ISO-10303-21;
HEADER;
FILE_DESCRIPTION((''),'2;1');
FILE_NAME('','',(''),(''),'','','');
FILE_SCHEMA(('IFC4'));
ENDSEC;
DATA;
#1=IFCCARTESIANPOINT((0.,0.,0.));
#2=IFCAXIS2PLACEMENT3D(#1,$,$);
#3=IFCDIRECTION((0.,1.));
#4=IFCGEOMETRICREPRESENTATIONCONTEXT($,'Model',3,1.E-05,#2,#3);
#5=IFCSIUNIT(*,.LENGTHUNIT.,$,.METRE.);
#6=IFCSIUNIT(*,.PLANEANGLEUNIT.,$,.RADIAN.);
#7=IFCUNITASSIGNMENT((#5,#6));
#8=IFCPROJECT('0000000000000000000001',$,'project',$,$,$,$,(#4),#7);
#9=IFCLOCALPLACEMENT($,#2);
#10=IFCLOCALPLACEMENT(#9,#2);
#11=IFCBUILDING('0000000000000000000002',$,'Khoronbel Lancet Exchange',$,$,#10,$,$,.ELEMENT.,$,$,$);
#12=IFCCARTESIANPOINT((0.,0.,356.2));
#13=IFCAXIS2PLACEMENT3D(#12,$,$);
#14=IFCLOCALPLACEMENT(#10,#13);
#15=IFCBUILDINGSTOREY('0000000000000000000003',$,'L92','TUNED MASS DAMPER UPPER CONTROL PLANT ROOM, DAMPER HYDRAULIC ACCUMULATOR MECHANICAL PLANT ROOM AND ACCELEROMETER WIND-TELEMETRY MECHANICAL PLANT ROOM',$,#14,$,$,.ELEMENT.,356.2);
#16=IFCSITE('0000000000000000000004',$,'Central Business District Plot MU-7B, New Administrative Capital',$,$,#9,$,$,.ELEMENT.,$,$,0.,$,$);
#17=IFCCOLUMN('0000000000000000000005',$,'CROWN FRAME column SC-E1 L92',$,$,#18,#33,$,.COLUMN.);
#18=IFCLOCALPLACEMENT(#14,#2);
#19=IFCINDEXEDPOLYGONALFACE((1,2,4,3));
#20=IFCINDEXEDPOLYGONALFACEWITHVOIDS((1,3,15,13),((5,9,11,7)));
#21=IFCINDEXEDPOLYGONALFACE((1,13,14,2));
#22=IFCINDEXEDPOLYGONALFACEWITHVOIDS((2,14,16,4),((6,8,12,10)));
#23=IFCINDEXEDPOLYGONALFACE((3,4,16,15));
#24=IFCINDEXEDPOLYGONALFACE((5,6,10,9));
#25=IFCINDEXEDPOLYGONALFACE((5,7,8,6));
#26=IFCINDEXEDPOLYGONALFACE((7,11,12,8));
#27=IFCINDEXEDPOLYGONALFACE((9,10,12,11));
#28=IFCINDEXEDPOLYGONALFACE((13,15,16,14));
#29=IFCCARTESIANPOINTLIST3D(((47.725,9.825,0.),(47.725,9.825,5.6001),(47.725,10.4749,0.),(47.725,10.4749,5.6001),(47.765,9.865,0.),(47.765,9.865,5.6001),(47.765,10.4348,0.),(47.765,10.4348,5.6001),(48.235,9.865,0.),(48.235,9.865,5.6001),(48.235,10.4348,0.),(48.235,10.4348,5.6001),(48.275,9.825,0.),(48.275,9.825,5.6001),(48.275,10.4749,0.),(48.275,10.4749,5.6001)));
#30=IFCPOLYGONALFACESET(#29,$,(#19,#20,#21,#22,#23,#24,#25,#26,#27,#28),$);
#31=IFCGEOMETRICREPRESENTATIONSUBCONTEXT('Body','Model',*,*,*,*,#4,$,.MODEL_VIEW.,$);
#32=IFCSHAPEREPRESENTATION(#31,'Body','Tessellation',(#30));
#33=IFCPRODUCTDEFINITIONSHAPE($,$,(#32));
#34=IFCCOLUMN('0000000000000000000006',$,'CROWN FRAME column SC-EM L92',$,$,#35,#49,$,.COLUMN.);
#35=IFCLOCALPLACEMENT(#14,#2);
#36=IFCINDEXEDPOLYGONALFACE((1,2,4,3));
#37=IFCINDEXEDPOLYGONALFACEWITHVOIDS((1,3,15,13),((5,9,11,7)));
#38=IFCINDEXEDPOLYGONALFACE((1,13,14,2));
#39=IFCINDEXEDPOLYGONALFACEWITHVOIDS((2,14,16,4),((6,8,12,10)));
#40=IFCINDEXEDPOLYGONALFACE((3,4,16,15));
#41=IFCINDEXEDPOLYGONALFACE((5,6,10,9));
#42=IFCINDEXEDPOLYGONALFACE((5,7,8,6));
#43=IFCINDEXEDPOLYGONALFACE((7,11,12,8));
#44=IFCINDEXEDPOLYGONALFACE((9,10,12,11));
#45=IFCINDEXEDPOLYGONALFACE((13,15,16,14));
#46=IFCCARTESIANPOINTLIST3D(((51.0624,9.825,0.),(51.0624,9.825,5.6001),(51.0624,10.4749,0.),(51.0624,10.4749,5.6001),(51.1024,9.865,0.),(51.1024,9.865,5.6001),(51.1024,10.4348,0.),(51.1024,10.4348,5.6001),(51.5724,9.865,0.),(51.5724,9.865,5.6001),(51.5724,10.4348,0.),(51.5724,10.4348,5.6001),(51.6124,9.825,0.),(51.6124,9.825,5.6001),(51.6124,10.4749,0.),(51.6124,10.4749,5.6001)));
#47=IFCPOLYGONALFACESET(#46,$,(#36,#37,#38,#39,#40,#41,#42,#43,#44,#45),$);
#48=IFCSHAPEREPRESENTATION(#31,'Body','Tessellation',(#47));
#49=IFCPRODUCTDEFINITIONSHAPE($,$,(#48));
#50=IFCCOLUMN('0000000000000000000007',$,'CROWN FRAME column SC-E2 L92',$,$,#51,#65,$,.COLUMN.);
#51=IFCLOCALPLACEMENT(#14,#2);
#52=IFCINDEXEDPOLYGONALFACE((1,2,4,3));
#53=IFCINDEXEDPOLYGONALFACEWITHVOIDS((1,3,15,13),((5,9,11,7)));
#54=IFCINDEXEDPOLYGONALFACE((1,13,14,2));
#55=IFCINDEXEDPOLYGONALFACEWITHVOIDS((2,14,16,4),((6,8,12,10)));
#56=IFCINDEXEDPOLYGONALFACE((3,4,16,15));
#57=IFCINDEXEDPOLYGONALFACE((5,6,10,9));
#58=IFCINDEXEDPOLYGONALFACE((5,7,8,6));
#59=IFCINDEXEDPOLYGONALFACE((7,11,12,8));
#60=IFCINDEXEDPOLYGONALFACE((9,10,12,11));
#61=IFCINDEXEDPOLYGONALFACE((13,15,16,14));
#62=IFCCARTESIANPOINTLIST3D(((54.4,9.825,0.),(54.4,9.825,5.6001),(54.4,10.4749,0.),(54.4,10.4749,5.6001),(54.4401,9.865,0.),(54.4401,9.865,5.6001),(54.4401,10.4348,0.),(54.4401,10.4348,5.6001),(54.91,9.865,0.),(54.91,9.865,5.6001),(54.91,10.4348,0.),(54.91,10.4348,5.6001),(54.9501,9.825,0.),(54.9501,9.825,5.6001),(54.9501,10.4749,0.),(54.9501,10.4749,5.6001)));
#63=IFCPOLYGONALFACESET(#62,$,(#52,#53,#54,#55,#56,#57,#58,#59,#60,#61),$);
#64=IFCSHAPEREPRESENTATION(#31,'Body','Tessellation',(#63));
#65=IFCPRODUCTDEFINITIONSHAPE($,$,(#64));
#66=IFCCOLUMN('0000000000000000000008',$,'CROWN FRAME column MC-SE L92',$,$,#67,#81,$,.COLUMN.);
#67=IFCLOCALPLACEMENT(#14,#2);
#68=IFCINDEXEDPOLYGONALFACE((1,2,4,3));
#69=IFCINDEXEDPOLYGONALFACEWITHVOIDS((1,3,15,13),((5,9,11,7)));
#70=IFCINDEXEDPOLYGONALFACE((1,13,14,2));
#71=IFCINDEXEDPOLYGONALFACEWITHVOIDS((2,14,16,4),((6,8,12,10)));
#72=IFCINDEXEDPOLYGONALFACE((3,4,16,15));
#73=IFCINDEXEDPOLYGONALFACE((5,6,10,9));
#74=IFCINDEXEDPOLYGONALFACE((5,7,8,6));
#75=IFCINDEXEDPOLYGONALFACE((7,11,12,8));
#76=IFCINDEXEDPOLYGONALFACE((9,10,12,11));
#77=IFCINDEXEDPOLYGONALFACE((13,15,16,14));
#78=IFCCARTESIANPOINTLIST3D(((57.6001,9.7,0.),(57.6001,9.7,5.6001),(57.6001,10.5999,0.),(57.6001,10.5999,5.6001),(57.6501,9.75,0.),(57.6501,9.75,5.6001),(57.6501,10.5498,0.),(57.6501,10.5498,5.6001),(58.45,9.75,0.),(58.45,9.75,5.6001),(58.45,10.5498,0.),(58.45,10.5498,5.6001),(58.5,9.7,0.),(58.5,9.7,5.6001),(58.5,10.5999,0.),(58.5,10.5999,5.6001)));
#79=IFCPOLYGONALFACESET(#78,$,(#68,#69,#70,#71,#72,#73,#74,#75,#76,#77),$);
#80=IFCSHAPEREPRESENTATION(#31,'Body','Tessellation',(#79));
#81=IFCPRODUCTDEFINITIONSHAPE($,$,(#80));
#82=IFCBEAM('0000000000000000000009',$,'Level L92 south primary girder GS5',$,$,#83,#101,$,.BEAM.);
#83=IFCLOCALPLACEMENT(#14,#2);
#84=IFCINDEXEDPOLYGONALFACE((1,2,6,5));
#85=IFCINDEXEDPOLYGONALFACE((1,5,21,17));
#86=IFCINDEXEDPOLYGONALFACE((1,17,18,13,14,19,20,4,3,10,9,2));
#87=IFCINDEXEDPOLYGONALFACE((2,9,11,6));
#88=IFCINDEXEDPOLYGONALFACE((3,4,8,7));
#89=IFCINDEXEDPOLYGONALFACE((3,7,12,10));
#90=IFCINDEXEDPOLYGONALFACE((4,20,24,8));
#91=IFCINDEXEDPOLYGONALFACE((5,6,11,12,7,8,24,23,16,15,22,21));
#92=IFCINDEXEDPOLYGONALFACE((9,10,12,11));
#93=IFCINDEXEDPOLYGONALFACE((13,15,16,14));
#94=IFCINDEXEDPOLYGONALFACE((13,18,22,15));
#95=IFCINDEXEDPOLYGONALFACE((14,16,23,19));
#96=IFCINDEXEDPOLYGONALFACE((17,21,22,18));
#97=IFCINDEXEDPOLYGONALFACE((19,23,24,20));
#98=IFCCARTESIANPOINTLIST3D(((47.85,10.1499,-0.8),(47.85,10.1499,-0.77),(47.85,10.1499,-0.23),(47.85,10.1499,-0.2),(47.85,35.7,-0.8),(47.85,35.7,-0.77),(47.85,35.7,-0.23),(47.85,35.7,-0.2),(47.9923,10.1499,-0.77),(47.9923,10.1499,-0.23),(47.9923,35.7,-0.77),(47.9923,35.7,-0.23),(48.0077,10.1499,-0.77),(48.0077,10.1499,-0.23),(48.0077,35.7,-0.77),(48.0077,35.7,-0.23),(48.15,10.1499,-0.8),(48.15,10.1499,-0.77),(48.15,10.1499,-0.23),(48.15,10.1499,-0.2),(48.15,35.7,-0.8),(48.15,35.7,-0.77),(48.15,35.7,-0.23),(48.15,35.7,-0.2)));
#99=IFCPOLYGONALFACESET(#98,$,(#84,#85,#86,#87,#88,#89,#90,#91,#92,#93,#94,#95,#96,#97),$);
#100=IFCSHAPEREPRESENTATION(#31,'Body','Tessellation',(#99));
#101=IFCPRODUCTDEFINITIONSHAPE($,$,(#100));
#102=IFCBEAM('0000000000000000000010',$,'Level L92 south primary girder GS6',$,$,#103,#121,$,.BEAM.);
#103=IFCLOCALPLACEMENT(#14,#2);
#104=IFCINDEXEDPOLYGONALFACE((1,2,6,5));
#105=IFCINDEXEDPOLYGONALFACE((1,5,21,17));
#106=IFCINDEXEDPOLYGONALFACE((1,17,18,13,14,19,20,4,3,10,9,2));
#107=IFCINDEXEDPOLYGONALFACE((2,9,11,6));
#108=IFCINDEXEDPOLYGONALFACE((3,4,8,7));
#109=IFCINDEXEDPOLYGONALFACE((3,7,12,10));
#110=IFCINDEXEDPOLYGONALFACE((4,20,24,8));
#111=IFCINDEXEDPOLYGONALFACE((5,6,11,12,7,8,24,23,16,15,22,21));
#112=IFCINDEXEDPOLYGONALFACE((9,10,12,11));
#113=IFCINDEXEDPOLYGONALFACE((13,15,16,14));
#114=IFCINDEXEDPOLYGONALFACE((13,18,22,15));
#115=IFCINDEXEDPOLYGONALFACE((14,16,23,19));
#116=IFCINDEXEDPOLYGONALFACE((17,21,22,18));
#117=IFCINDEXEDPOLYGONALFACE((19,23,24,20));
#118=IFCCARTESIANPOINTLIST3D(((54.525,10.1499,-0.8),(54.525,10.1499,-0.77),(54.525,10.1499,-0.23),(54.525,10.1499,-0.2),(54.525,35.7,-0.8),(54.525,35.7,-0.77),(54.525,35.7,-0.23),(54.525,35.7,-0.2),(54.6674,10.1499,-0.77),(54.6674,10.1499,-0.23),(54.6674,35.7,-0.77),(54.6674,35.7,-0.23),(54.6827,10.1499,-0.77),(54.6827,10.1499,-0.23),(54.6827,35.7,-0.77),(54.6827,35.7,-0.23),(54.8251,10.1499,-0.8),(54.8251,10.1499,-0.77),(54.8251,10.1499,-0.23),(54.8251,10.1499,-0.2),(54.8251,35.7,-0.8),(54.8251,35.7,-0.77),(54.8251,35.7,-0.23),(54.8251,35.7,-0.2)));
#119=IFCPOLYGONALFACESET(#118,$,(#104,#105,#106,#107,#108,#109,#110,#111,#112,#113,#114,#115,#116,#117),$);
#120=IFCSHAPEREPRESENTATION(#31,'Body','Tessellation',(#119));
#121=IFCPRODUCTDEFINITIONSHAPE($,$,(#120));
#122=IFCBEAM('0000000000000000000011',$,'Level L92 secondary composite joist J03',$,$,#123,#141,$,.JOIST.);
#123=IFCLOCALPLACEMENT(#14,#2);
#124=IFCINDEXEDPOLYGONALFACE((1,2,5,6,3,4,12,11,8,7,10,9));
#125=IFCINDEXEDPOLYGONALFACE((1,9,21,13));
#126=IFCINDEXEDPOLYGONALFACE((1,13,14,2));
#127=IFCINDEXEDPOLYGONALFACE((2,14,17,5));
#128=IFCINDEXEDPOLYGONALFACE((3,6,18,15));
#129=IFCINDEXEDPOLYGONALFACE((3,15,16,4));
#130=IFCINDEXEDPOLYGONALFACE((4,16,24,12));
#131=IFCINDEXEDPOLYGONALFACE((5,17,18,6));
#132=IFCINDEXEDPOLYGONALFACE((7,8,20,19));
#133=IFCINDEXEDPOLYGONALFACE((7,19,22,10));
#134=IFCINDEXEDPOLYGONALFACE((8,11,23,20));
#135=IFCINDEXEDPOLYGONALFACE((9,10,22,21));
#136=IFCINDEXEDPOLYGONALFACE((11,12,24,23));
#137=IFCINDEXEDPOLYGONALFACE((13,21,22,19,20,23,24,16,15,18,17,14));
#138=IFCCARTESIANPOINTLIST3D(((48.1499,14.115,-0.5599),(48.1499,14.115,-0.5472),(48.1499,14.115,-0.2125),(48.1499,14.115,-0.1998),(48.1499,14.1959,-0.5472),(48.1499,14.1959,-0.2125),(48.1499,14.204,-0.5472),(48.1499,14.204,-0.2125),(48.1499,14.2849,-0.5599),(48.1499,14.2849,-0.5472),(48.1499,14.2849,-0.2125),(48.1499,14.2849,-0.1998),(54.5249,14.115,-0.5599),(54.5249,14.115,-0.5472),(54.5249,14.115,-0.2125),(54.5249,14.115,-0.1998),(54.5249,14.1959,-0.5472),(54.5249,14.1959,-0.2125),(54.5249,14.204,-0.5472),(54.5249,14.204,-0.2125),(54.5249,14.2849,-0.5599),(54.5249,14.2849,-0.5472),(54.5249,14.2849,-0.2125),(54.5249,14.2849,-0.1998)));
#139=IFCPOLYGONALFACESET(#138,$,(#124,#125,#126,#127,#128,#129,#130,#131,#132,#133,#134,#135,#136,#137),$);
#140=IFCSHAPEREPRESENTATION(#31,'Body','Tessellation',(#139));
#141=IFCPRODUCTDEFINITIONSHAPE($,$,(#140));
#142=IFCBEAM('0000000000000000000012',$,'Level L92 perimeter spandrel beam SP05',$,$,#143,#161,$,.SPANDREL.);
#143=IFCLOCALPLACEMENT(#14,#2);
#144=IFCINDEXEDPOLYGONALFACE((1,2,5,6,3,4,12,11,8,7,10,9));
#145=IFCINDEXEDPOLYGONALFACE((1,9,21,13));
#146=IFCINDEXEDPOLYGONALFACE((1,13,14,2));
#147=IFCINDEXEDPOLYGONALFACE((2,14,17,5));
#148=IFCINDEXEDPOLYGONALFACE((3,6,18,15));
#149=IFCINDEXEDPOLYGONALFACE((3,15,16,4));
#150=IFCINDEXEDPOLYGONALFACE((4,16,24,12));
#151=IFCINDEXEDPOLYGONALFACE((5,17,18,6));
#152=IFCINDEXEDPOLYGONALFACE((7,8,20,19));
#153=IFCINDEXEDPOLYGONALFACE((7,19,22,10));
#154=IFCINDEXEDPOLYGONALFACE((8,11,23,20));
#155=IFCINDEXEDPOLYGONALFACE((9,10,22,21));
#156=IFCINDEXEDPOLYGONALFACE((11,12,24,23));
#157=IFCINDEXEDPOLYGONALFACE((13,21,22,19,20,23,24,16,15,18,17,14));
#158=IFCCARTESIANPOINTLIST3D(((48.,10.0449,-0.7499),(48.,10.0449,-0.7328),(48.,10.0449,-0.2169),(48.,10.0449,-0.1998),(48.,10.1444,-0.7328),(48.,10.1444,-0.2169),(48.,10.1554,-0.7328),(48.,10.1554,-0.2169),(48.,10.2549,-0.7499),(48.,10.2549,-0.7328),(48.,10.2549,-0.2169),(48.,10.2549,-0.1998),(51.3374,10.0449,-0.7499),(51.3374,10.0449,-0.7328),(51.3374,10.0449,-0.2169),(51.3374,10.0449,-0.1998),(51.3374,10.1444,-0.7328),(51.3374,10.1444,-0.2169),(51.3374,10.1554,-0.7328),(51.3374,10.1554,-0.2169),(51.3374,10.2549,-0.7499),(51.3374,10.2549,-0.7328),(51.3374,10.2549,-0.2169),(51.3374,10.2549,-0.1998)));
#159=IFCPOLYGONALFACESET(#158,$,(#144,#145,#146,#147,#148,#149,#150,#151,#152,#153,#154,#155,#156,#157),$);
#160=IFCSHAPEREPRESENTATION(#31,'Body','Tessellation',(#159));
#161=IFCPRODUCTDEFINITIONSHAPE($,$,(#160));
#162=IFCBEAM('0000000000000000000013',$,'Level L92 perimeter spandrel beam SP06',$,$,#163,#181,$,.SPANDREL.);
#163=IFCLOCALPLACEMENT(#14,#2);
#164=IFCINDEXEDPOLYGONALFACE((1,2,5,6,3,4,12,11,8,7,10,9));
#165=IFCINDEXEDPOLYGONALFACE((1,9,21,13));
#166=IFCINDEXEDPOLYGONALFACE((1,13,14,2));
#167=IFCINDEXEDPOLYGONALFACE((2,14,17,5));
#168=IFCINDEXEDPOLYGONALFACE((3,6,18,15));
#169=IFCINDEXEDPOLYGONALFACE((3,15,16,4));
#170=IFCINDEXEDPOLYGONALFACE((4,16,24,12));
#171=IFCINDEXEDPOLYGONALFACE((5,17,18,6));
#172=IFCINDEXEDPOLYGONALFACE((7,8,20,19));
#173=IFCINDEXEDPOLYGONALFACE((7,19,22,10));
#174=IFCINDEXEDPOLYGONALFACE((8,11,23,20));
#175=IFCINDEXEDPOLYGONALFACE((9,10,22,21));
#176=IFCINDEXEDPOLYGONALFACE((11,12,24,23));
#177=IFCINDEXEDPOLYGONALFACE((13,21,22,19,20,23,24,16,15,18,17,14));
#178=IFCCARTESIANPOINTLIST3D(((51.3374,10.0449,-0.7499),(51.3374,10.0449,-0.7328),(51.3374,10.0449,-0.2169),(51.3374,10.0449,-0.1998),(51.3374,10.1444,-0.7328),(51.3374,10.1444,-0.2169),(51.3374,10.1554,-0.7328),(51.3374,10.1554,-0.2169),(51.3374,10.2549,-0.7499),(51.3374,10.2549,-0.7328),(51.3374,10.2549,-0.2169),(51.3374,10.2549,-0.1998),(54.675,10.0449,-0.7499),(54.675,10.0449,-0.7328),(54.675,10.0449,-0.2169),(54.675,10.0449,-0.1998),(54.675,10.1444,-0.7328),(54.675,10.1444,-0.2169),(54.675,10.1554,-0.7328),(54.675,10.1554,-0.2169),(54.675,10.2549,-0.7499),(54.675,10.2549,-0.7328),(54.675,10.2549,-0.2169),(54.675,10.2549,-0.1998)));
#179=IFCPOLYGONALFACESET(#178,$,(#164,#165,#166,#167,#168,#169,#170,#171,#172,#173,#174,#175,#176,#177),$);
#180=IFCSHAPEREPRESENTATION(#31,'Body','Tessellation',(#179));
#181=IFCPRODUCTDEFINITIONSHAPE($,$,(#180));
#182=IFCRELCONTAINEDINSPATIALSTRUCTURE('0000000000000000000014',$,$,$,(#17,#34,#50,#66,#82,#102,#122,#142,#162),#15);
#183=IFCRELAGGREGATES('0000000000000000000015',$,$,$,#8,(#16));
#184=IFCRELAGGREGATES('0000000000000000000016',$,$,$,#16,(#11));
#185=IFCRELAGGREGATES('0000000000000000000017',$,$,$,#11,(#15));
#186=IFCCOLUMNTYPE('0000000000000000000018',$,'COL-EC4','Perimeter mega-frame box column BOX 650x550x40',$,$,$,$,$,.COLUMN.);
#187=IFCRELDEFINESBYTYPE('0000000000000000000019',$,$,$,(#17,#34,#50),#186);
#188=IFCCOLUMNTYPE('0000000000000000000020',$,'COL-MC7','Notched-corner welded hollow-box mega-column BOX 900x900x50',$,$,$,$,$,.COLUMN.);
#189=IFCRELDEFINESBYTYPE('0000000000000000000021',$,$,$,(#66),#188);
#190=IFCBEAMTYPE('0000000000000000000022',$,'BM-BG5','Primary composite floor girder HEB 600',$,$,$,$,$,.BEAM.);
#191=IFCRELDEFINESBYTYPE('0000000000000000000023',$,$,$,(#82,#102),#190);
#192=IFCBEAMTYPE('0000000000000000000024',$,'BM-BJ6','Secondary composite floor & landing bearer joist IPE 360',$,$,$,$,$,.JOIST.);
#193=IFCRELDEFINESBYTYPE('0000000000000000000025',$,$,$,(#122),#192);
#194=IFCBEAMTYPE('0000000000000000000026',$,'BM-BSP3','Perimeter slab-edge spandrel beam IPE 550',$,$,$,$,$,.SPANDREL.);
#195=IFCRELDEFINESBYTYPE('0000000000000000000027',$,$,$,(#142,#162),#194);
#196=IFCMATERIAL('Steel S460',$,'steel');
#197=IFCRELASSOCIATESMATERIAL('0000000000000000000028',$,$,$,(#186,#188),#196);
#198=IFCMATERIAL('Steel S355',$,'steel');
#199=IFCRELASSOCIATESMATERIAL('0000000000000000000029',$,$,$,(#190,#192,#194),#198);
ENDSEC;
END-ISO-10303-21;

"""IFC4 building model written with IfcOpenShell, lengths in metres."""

from ifc_helpers import new_model, si_unit, direction, frame, origin, origin_2d, place, context, subcontext, project, spatial, hollow_rectangle, i_section, extrude, material, material_profile, profile_set, type_object, element, save


model = new_model("IFC4")

# Units and contexts
model_context = context("Model", 3, precision=1e-05, world=origin(), true_north=direction((0.0, 1.0)))
body_context = subcontext(model_context, "Body", "Model", "MODEL_VIEW")
ifc_project = project(units=[si_unit("LENGTHUNIT", "METRE"), si_unit("PLANEANGLEUNIT", "RADIAN")], contexts=[model_context])

# Site, building, storey
site_placement = place(None, origin())
site = spatial("IfcSite", under=ifc_project, at=site_placement, Name="Central Business District Plot MU-7B, New Administrative Capital", CompositionType="ELEMENT", RefElevation=0.0)
building_placement = place(site_placement, origin())
building = spatial("IfcBuilding", under=site, at=building_placement, Name="Khoronbel Lancet Exchange", CompositionType="ELEMENT")
storey_placement = place(building_placement, frame((0.0, 0.0, 356.2)))
storey = spatial("IfcBuildingStorey", under=building, at=storey_placement, Name="L92", Description="TUNED MASS DAMPER UPPER CONTROL PLANT ROOM, DAMPER HYDRAULIC ACCUMULATOR MECHANICAL PLANT ROOM AND ACCELEROMETER WIND-TELEMETRY MECHANICAL PLANT ROOM", CompositionType="ELEMENT", Elevation=356.2)

# Columns
ifc_material_1 = material(Name="Steel S460", Category="steel")
ifc_material_profile_1 = material_profile(ifc_material_1, hollow_rectangle(XDim=0.55, YDim=0.6499, WallThickness=0.04, at=origin_2d()), Name="BOX 650x550x40")
ifc_profile_set_1 = profile_set([ifc_material_profile_1], Name="Steel S460")
column_type_1 = type_object("IfcColumnType", Name="COL-EC4", Description="Perimeter mega-frame box column BOX 650x550x40", PredefinedType="COLUMN", material=ifc_profile_set_1)
for number, where, z_axis, x_axis, name in (
    (1, (48.0, 10.1499, 0.0), (0.0, 0.0, 1.0), (1.0, 0.0, 0.0), "CROWN FRAME column SC-E1 L92"),
    (2, (51.3374, 10.1499, 0.0), (0.0, 0.0, 1.0), (1.0, 0.0, 0.0), "CROWN FRAME column SC-EM L92"),
    (3, (54.675, 10.1499, 0.0), (0.0, 0.0, 1.0), (1.0, 0.0, 0.0), "CROWN FRAME column SC-E2 L92"),
):
    element("IfcColumn", number, at=place(storey_placement, frame(where, z_axis=z_axis, x_axis=x_axis)), inside=storey, type_object=column_type_1, Name=name, PredefinedType="COLUMN", context=body_context, shape_type="SweptSolid", body=[
        extrude(hollow_rectangle(XDim=0.55, YDim=0.6499, WallThickness=0.04, at=origin_2d()), origin(), (0.0, 0.0, 1.0), 5.6001),
    ])
ifc_material_profile_2 = material_profile(ifc_material_1, hollow_rectangle(XDim=0.8999, YDim=0.8999, WallThickness=0.05, at=origin_2d()), Name="BOX 900x900x50")
ifc_profile_set_2 = profile_set([ifc_material_profile_2], Name="Steel S460")
column_type_2 = type_object("IfcColumnType", Name="COL-MC7", Description="Notched-corner welded hollow-box mega-column BOX 900x900x50", PredefinedType="COLUMN", material=ifc_profile_set_2)
column_placement = place(storey_placement, frame((58.05, 10.1499, 0.0), z_axis=(0.0, 0.0, 1.0), x_axis=(1.0, 0.0, 0.0)))
element("IfcColumn", 4, at=column_placement, inside=storey, type_object=column_type_2, Name="CROWN FRAME column MC-SE L92", PredefinedType="COLUMN", context=body_context, shape_type="SweptSolid", body=[
    extrude(hollow_rectangle(XDim=0.8999, YDim=0.8999, WallThickness=0.05, at=origin_2d()), origin(), (0.0, 0.0, 1.0), 5.6001),
])

# Beams
ifc_material_2 = material(Name="Steel S355", Category="steel")
ifc_material_profile_3 = material_profile(ifc_material_2, i_section(OverallWidth=0.3, OverallDepth=0.6001, WebThickness=0.0154, FlangeThickness=0.03, at=origin_2d()), Name="HEB 600")
ifc_profile_set_3 = profile_set([ifc_material_profile_3], Name="Steel S355")
beam_type_1 = type_object("IfcBeamType", Name="BM-BG5", Description="Primary composite floor girder HEB 600", PredefinedType="BEAM", material=ifc_profile_set_3)
for number, where, z_axis, x_axis, name in (
    (5, (48.0, 10.1499, -0.5), (0.0, 1.0, 0.0), (-1.0, 0.0, 0.0), "Level L92 south primary girder GS5"),
    (6, (54.675, 10.1499, -0.5), (0.0, 1.0, 0.0), (-1.0, 0.0, 0.0), "Level L92 south primary girder GS6"),
):
    element("IfcBeam", number, at=place(storey_placement, frame(where, z_axis=z_axis, x_axis=x_axis)), inside=storey, type_object=beam_type_1, Name=name, PredefinedType="BEAM", context=body_context, shape_type="SweptSolid", body=[
        extrude(i_section(OverallWidth=0.3, OverallDepth=0.6001, WebThickness=0.0154, FlangeThickness=0.03, at=origin_2d()), origin(), (0.0, 0.0, 1.0), 25.55),
    ])
ifc_material_profile_4 = material_profile(ifc_material_2, i_section(OverallWidth=0.1699, OverallDepth=0.3601, WebThickness=0.0081, FlangeThickness=0.0127, at=origin_2d()), Name="IPE 360")
ifc_profile_set_4 = profile_set([ifc_material_profile_4], Name="Steel S355")
beam_type_2 = type_object("IfcBeamType", Name="BM-BJ6", Description="Secondary composite floor & landing bearer joist IPE 360", PredefinedType="JOIST", material=ifc_profile_set_4)
beam_1_placement = place(storey_placement, frame((48.1499, 14.2, -0.3799), z_axis=(1.0, 0.0, 0.0), x_axis=(0.0, 1.0, 0.0)))
element("IfcBeam", 7, at=beam_1_placement, inside=storey, type_object=beam_type_2, Name="Level L92 secondary composite joist J03", PredefinedType="JOIST", context=body_context, shape_type="SweptSolid", body=[
    extrude(i_section(OverallWidth=0.1699, OverallDepth=0.3601, WebThickness=0.0081, FlangeThickness=0.0127, at=origin_2d()), origin(), (0.0, 0.0, 1.0), 6.375),
])
ifc_material_profile_5 = material_profile(ifc_material_2, i_section(OverallWidth=0.21, OverallDepth=0.55, WebThickness=0.011, FlangeThickness=0.0171, at=origin_2d()), Name="IPE 550")
ifc_profile_set_5 = profile_set([ifc_material_profile_5], Name="Steel S355")
beam_type_3 = type_object("IfcBeamType", Name="BM-BSP3", Description="Perimeter slab-edge spandrel beam IPE 550", PredefinedType="SPANDREL", material=ifc_profile_set_5)
beam_2_placement = place(storey_placement, frame((48.0, 10.1499, -0.4749), z_axis=(1.0, 0.0, 0.0), x_axis=(0.0, 1.0, 0.0)))
element("IfcBeam", 8, at=beam_2_placement, inside=storey, type_object=beam_type_3, Name="Level L92 perimeter spandrel beam SP05", PredefinedType="SPANDREL", context=body_context, shape_type="SweptSolid", body=[
    extrude(i_section(OverallWidth=0.21, OverallDepth=0.55, WebThickness=0.011, FlangeThickness=0.0171, at=origin_2d()), origin(), (0.0, 0.0, 1.0), 3.3374),
])
beam_3_placement = place(storey_placement, frame((51.3374, 10.1499, -0.4749), z_axis=(1.0, 0.0, 0.0), x_axis=(0.0, 1.0, 0.0)))
element("IfcBeam", 9, at=beam_3_placement, inside=storey, type_object=beam_type_3, Name="Level L92 perimeter spandrel beam SP06", PredefinedType="SPANDREL", context=body_context, shape_type="SweptSolid", body=[
    extrude(i_section(OverallWidth=0.21, OverallDepth=0.55, WebThickness=0.011, FlangeThickness=0.0171, at=origin_2d()), origin(), (0.0, 0.0, 1.0), 3.3376),
])

save(model, "model.ifc")
